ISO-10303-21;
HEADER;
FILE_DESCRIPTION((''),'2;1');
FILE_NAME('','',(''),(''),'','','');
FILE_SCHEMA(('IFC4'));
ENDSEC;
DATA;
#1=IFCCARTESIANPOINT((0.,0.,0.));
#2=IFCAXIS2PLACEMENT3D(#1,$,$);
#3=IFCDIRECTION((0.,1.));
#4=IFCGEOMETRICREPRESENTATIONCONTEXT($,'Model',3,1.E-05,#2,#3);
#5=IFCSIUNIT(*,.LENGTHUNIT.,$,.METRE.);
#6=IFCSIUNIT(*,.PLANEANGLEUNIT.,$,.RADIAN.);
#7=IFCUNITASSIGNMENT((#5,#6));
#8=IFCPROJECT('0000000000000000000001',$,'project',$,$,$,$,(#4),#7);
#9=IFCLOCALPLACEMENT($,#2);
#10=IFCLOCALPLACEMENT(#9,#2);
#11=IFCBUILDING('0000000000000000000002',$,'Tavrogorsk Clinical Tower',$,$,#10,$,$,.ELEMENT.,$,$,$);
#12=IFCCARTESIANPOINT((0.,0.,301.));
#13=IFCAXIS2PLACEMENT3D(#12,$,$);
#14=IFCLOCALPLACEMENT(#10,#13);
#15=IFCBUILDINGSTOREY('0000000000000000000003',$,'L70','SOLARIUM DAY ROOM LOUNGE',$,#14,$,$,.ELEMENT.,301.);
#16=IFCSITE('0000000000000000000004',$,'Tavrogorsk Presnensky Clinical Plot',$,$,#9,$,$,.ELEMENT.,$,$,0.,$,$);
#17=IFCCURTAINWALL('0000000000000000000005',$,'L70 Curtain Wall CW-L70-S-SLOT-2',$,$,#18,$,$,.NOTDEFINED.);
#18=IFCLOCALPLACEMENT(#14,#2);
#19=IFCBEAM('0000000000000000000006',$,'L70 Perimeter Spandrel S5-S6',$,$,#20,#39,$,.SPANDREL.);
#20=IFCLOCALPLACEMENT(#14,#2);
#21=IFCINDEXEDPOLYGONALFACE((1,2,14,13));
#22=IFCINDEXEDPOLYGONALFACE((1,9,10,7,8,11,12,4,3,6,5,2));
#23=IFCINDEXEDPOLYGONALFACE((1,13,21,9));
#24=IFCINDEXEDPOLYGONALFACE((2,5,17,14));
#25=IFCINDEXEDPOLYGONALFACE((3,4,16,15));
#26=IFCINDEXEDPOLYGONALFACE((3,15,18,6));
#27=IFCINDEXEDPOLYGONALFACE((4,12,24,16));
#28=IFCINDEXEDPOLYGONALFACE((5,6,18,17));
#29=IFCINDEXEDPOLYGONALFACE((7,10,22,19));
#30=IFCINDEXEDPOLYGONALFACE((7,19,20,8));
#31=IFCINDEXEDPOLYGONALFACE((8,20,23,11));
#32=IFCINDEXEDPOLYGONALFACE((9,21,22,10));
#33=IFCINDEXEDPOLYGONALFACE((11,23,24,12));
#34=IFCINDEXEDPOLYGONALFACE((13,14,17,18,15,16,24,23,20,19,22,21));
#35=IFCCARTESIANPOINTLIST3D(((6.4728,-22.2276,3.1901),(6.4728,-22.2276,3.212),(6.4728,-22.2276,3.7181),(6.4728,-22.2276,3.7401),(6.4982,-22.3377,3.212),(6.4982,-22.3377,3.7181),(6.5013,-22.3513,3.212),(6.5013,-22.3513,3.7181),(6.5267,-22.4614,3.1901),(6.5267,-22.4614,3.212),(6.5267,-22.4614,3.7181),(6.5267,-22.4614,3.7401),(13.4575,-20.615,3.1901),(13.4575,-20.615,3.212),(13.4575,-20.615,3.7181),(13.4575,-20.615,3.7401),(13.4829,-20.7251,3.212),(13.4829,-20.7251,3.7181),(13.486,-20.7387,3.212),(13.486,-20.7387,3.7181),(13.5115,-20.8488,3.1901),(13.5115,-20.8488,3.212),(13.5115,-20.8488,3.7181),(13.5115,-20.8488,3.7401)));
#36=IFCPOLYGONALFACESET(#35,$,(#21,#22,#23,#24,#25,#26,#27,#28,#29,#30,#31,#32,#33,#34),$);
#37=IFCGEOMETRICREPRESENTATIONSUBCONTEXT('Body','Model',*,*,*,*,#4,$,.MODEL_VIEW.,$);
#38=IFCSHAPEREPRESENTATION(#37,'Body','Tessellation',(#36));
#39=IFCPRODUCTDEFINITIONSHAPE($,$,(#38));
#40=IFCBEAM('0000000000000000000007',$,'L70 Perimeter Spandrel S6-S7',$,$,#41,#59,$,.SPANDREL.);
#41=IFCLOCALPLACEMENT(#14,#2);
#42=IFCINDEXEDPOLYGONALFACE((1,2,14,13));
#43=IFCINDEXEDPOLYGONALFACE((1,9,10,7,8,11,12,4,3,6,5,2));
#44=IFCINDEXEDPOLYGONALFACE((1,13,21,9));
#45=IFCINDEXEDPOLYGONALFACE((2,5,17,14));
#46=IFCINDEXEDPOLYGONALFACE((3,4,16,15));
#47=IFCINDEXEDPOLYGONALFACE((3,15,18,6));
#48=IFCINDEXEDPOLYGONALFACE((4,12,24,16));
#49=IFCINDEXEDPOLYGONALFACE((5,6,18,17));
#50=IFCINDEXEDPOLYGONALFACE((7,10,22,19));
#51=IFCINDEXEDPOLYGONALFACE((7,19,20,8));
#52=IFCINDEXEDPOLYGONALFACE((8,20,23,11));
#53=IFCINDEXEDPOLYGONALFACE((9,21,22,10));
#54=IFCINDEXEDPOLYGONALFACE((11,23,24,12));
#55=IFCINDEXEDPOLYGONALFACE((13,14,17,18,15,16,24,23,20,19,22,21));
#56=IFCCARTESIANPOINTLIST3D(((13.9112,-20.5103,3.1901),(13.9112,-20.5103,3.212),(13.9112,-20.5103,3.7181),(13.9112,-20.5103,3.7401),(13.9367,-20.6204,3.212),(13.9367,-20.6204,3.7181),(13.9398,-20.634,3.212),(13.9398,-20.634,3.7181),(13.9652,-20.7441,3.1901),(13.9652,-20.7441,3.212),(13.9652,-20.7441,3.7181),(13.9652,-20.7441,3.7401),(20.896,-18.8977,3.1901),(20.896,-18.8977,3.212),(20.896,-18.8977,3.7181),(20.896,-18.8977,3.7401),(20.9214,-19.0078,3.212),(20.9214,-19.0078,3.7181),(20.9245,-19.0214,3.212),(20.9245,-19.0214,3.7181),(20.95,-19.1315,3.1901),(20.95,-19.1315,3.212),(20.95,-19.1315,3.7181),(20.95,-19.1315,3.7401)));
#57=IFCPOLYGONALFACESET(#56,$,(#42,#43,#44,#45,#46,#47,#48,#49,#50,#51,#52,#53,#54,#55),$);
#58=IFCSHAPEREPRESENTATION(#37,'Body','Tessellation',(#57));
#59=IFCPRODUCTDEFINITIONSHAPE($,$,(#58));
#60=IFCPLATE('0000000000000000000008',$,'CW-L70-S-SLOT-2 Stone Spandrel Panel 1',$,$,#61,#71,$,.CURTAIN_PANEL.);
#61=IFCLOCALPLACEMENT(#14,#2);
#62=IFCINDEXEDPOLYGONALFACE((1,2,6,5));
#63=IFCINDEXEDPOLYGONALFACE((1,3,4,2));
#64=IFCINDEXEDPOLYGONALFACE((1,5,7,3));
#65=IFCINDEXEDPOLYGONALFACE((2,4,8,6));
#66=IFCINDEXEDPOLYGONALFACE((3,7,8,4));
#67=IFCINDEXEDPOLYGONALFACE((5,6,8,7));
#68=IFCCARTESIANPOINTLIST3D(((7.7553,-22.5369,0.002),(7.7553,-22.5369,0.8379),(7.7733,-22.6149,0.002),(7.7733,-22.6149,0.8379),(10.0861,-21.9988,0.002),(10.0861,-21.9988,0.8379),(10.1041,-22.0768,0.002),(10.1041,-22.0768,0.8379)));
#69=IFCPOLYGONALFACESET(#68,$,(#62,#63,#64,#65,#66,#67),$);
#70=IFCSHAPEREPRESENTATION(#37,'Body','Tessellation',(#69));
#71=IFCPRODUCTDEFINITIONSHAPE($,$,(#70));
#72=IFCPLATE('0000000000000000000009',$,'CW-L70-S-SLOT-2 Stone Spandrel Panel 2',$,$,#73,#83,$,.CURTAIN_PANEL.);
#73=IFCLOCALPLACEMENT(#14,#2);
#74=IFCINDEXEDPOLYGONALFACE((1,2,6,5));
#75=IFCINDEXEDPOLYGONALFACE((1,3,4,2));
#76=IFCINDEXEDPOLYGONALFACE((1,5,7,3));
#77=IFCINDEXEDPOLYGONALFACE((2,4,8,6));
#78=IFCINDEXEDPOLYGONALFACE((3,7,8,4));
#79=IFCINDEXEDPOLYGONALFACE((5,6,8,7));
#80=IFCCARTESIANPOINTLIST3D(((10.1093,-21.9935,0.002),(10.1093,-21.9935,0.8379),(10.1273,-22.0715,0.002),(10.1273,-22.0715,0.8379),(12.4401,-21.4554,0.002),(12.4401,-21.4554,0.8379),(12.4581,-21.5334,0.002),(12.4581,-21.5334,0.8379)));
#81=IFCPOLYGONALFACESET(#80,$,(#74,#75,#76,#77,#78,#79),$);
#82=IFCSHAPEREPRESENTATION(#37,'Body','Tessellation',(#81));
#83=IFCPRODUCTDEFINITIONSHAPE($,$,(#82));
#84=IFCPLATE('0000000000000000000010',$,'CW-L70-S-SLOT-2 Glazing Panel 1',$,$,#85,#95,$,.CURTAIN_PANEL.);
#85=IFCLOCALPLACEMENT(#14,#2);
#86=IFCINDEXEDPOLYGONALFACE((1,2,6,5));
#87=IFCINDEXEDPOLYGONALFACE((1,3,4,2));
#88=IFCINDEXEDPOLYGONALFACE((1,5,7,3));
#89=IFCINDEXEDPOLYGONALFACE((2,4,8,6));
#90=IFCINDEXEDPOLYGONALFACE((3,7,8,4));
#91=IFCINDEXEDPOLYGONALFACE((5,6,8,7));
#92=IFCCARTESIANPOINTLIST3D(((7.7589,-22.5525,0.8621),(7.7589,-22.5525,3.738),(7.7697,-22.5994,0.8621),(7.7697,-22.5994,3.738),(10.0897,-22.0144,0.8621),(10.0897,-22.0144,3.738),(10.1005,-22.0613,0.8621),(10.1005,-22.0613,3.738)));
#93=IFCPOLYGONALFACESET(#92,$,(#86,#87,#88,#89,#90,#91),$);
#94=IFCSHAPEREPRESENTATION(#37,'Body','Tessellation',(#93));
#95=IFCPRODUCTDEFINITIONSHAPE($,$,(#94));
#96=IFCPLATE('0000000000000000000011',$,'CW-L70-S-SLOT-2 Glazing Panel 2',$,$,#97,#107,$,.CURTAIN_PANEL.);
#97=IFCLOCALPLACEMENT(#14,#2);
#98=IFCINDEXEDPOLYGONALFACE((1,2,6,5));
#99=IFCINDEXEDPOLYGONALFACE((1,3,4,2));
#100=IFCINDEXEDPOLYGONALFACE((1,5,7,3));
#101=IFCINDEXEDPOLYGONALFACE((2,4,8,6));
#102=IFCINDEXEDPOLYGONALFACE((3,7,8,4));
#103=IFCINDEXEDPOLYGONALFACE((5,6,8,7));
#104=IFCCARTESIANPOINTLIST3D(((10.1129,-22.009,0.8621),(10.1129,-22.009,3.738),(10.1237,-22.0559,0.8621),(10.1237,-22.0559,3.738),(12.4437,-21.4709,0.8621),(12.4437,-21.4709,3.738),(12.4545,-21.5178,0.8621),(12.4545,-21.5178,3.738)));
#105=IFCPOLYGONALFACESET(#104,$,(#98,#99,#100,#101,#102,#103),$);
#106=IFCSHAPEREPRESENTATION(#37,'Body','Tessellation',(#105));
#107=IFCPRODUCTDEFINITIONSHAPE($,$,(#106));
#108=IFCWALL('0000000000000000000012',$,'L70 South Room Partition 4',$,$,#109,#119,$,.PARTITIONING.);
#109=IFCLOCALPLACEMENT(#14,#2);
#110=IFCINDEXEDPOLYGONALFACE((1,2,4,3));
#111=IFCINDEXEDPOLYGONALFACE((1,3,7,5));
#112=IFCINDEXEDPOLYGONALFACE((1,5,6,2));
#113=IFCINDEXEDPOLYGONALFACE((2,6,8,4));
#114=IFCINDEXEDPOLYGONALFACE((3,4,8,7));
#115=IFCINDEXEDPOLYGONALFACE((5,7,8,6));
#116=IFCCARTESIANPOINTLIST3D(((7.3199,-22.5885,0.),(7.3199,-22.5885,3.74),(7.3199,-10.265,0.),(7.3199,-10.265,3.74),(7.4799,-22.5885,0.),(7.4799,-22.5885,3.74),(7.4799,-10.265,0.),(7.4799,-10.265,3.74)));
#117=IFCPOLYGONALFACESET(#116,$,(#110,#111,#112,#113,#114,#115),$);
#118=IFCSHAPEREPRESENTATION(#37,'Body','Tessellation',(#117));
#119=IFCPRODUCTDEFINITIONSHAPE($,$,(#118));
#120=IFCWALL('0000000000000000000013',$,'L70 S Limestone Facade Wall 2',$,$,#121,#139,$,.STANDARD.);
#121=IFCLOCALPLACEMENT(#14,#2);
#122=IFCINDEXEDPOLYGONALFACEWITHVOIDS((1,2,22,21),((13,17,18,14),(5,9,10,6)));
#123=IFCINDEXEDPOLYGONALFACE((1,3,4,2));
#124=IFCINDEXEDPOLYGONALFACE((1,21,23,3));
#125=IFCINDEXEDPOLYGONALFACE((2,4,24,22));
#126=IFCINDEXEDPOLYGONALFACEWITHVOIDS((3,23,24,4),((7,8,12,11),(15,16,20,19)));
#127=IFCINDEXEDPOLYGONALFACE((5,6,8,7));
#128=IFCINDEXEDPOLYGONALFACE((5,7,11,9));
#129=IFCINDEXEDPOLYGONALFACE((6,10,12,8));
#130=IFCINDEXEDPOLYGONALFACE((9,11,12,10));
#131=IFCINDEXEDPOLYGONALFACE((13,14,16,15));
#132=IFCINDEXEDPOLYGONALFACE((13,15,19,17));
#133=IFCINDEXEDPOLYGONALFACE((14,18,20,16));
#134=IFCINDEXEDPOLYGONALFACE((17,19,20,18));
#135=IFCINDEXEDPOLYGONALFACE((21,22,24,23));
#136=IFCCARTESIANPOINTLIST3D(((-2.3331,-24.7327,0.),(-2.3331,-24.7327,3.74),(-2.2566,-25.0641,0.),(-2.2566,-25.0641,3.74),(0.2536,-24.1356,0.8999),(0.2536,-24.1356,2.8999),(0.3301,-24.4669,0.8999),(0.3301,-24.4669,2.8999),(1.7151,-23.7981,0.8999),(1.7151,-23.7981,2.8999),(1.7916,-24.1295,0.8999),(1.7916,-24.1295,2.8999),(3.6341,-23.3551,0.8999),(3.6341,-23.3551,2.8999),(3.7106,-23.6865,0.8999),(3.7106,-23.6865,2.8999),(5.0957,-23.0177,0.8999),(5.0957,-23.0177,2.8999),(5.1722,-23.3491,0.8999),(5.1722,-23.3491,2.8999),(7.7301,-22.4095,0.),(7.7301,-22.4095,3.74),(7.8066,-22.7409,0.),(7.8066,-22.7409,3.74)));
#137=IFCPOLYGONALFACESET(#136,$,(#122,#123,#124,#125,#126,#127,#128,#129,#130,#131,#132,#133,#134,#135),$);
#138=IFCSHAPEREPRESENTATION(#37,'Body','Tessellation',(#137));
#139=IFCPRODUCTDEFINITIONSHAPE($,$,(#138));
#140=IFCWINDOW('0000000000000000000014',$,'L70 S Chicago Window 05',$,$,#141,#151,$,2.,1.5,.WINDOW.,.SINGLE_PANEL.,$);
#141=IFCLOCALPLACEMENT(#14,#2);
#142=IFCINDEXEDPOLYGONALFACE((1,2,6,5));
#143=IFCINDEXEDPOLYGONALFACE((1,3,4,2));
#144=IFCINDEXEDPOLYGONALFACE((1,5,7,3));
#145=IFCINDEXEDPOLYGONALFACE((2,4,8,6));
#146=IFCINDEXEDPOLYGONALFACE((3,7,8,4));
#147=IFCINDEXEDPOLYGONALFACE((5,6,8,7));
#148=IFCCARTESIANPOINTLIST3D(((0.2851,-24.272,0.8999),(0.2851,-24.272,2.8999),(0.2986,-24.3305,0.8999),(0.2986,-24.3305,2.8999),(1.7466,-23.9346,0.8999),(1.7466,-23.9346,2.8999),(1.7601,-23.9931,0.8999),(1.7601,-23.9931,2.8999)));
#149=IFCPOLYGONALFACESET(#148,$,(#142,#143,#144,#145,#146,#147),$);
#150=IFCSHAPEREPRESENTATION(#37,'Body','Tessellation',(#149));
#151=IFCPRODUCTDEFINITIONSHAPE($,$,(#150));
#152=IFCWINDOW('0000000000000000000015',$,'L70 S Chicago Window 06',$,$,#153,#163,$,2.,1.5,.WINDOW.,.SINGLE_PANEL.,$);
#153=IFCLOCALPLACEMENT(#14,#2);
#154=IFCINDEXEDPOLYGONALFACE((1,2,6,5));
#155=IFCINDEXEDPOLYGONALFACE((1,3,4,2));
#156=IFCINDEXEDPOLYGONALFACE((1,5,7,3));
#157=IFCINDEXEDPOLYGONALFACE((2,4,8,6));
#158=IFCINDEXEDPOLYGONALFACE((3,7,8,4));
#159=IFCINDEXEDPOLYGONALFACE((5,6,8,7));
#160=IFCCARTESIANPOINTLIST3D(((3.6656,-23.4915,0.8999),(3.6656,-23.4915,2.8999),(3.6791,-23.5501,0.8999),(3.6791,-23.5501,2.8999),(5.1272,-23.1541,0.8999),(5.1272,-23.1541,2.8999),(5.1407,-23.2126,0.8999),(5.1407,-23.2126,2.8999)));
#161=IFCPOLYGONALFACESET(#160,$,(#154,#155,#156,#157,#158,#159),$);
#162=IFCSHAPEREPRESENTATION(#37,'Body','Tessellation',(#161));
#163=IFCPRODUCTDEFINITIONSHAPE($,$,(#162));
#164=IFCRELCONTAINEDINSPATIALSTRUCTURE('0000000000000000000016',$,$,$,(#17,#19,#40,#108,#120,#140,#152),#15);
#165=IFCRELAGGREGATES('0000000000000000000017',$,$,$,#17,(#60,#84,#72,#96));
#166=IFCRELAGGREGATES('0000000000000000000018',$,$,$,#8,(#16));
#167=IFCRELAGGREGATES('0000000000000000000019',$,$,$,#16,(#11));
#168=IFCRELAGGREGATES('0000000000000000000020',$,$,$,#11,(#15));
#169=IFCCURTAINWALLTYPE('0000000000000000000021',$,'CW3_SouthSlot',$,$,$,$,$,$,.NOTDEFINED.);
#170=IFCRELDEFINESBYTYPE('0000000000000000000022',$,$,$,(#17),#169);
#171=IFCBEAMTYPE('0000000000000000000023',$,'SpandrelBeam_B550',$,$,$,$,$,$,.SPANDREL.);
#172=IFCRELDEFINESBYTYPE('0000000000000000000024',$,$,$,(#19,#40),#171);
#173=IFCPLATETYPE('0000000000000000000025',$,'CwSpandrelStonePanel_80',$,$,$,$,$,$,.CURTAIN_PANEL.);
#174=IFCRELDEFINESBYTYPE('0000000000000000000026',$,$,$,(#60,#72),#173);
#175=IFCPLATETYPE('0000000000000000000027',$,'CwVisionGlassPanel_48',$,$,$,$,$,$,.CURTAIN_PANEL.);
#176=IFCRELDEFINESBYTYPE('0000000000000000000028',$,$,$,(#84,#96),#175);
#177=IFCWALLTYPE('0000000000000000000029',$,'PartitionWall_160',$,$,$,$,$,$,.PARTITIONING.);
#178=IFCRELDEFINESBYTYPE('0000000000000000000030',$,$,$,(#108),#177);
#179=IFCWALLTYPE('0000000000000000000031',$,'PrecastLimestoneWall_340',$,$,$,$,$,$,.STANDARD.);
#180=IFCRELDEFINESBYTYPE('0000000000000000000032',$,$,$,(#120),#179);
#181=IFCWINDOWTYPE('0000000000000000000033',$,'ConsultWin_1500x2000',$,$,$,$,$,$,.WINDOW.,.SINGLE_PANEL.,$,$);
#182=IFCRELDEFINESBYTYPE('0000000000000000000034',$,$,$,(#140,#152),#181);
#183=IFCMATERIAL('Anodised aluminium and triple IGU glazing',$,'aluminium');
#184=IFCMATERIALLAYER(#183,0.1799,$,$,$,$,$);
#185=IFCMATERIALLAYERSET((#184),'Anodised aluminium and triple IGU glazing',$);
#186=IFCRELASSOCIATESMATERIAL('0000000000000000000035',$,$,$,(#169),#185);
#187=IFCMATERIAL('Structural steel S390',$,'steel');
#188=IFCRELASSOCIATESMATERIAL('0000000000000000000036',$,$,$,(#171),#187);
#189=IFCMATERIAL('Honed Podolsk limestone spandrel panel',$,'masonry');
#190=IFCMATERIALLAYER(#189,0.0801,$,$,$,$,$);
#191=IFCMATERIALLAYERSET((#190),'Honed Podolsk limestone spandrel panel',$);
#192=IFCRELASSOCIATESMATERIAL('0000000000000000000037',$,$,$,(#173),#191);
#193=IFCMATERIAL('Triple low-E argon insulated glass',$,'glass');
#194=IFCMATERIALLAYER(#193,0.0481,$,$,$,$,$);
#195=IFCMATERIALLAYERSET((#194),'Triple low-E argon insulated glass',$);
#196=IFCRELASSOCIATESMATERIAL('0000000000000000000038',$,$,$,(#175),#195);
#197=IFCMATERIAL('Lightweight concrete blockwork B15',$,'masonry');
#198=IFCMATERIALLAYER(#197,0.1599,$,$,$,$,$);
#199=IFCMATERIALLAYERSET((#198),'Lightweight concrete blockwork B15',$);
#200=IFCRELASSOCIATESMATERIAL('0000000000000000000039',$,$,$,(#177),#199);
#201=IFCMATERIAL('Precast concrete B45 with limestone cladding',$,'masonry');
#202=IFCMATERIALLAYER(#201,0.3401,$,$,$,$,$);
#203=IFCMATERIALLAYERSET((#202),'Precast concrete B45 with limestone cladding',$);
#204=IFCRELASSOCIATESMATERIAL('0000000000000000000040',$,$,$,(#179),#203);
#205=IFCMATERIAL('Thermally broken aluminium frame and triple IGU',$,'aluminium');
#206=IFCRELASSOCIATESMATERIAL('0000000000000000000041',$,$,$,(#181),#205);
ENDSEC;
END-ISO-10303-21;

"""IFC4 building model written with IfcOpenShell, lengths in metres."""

from ifc_helpers import new_model, si_unit, direction, frame, frame_2d, origin, origin_2d, place, context, subcontext, project, spatial, rectangle, i_section, extrude, material, layer, layer_set, material_profile, profile_set, type_object, element, fill, aggregate, save


model = new_model("IFC4")

# Units and contexts
model_context = context("Model", 3, precision=1e-05, world=origin(), true_north=direction((0.0, 1.0)))
body_context = subcontext(model_context, "Body", "Model", "MODEL_VIEW")
ifc_project = project(units=[si_unit("LENGTHUNIT", "METRE"), si_unit("PLANEANGLEUNIT", "RADIAN")], contexts=[model_context])

# Site, building, storey
site_placement = place(None, origin())
site = spatial("IfcSite", under=ifc_project, at=site_placement, Name="Tavrogorsk Presnensky Clinical Plot", CompositionType="ELEMENT", RefElevation=0.0)
building_placement = place(site_placement, origin())
building = spatial("IfcBuilding", under=site, at=building_placement, Name="Tavrogorsk Clinical Tower", CompositionType="ELEMENT")
storey_placement = place(building_placement, frame((0.0, 0.0, 301.0)))
storey = spatial("IfcBuildingStorey", under=building, at=storey_placement, Name="L70", Description="SOLARIUM DAY ROOM LOUNGE", CompositionType="ELEMENT", Elevation=301.0)

# Curtain wall
ifc_material_1 = material(Name="Anodised aluminium and triple IGU glazing", Category="aluminium")
ifc_layer_1 = layer(ifc_material_1, 0.1799)
ifc_layer_set_1 = layer_set([ifc_layer_1], Name="Anodised aluminium and triple IGU glazing")
curtain_wall_type = type_object("IfcCurtainWallType", Name="CW3_SouthSlot", PredefinedType="NOTDEFINED", material=ifc_layer_set_1)
curtain_wall_placement = place(storey_placement, origin())
curtain_wall = element("IfcCurtainWall", 1, at=curtain_wall_placement, inside=storey, type_object=curtain_wall_type, Name="L70 Curtain Wall CW-L70-S-SLOT-2", PredefinedType="NOTDEFINED")

# Beams
ifc_material_2 = material(Name="Structural steel S390", Category="steel")
ifc_material_profile_1 = material_profile(ifc_material_2, i_section(OverallWidth=0.24, OverallDepth=0.55, WebThickness=0.0139, FlangeThickness=0.022, at=origin_2d()), Name="B-550x240x14x22")
ifc_profile_set_1 = profile_set([ifc_material_profile_1], Name="Structural steel S390")
beam_type = type_object("IfcBeamType", Name="SpandrelBeam_B550", PredefinedType="SPANDREL", material=ifc_profile_set_1)
for number, where, z_axis, x_axis, name in (
    (2, (6.4998, -22.3445, 3.4651), (0.974369, 0.224954, 0.0), (-0.224954, 0.974369, 0.0), "L70 Perimeter Spandrel S5-S6"),
    (3, (13.9382, -20.6272, 3.4651), (0.974369, 0.224954, 0.0), (-0.224954, 0.974369, 0.0), "L70 Perimeter Spandrel S6-S7"),
):
    element("IfcBeam", number, at=place(storey_placement, frame(where, z_axis=z_axis, x_axis=x_axis)), inside=storey, type_object=beam_type, Name=name, PredefinedType="SPANDREL", context=body_context, shape_type="SweptSolid", body=[
        extrude(i_section(OverallWidth=0.24, OverallDepth=0.55, WebThickness=0.0139, FlangeThickness=0.022, at=origin_2d()), origin(), (0.0, 0.0, 1.0), 7.1685),
    ])

# Plates
ifc_material_3 = material(Name="Honed Podolsk limestone spandrel panel", Category="masonry")
ifc_layer_2 = layer(ifc_material_3, 0.0801)
ifc_layer_set_2 = layer_set([ifc_layer_2], Name="Honed Podolsk limestone spandrel panel")
plate_type_1 = type_object("IfcPlateType", Name="CwSpandrelStonePanel_80", PredefinedType="CURTAIN_PANEL", material=ifc_layer_set_2)
plate_1_placement = place(storey_placement, frame((8.9297, -22.3069, 0.002), z_axis=(0.0, 0.0, 1.0), x_axis=(0.97437, 0.224951, 0.0)))
plate_1 = element("IfcPlate", 4, at=plate_1_placement, type_object=plate_type_1, Name="CW-L70-S-SLOT-2 Stone Spandrel Panel 1", PredefinedType="CURTAIN_PANEL", context=body_context, shape_type="SweptSolid", body=[
    extrude(rectangle(XDim=2.3921, YDim=0.0801, at=origin_2d()), origin(), (0.0, 0.0, 1.0), 0.8359),
])
plate_2_placement = place(storey_placement, frame((11.2837, -21.7634, 0.002), z_axis=(0.0, 0.0, 1.0), x_axis=(0.97437, 0.224951, 0.0)))
plate_2 = element("IfcPlate", 5, at=plate_2_placement, type_object=plate_type_1, Name="CW-L70-S-SLOT-2 Stone Spandrel Panel 2", PredefinedType="CURTAIN_PANEL", context=body_context, shape_type="SweptSolid", body=[
    extrude(rectangle(XDim=2.3921, YDim=0.0801, at=origin_2d()), origin(), (0.0, 0.0, 1.0), 0.8359),
])
ifc_material_4 = material(Name="Triple low-E argon insulated glass", Category="glass")
ifc_layer_3 = layer(ifc_material_4, 0.0481)
ifc_layer_set_3 = layer_set([ifc_layer_3], Name="Triple low-E argon insulated glass")
plate_type_2 = type_object("IfcPlateType", Name="CwVisionGlassPanel_48", PredefinedType="CURTAIN_PANEL", material=ifc_layer_set_3)
plate_3_placement = place(storey_placement, frame((8.9297, -22.3069, 0.8621), z_axis=(0.0, 0.0, 1.0), x_axis=(0.97437, 0.224951, 0.0)))
plate_3 = element("IfcPlate", 6, at=plate_3_placement, type_object=plate_type_2, Name="CW-L70-S-SLOT-2 Glazing Panel 1", PredefinedType="CURTAIN_PANEL", context=body_context, shape_type="SweptSolid", body=[
    extrude(rectangle(XDim=2.3921, YDim=0.0481, at=origin_2d()), origin(), (0.0, 0.0, 1.0), 2.876),
])
plate_4_placement = place(storey_placement, frame((11.2837, -21.7634, 0.8621), z_axis=(0.0, 0.0, 1.0), x_axis=(0.97437, 0.224951, 0.0)))
plate_4 = element("IfcPlate", 7, at=plate_4_placement, type_object=plate_type_2, Name="CW-L70-S-SLOT-2 Glazing Panel 2", PredefinedType="CURTAIN_PANEL", context=body_context, shape_type="SweptSolid", body=[
    extrude(rectangle(XDim=2.3921, YDim=0.0481, at=origin_2d()), origin(), (0.0, 0.0, 1.0), 2.876),
])
aggregate(curtain_wall, [plate_1, plate_3, plate_2, plate_4])

# Wall
ifc_material_5 = material(Name="Lightweight concrete blockwork B15", Category="masonry")
ifc_layer_4 = layer(ifc_material_5, 0.1599)
ifc_layer_set_4 = layer_set([ifc_layer_4], Name="Lightweight concrete blockwork B15")
wall_type_1 = type_object("IfcWallType", Name="PartitionWall_160", PredefinedType="PARTITIONING", material=ifc_layer_set_4)
wall_1_placement = place(storey_placement, frame((7.3999, -22.5884, 0.0), z_axis=(0.0, 0.0, 1.0), x_axis=(0.0, 1.0, 0.0)))
element("IfcWall", 8, at=wall_1_placement, inside=storey, type_object=wall_type_1, Name="L70 South Room Partition 4", PredefinedType="PARTITIONING", context=body_context, shape_type="SweptSolid", body=[
    extrude(rectangle(XDim=12.3235, YDim=0.1599, at=frame_2d((6.1616, 0.0))), origin(), (0.0, 0.0, 1.0), 3.74),
])

# Wall, openings, windows
ifc_material_6 = material(Name="Precast concrete B45 with limestone cladding", Category="masonry")
ifc_layer_5 = layer(ifc_material_6, 0.3401)
ifc_layer_set_5 = layer_set([ifc_layer_5], Name="Precast concrete B45 with limestone cladding")
wall_type_2 = type_object("IfcWallType", Name="PrecastLimestoneWall_340", PredefinedType="STANDARD", material=ifc_layer_set_5)
wall_2_placement = place(storey_placement, frame((-2.2949, -24.8984, 0.0), z_axis=(0.0, 0.0, 1.0), x_axis=(0.974371, 0.224948, 0.0)))
wall_2 = element("IfcWall", 9, at=wall_2_placement, inside=storey, type_object=wall_type_2, Name="L70 S Limestone Facade Wall 2", PredefinedType="STANDARD", context=body_context, shape_type="SweptSolid", body=[
    extrude(rectangle(XDim=10.3279, YDim=0.3401, at=frame_2d((5.1641, 0.0))), origin(), (0.0, 0.0, 1.0), 3.74),
])
opening_1_placement = place(wall_2_placement, frame((2.6548, 0.0, 0.8999)))
opening_1 = element("IfcOpeningElement", 10, at=opening_1_placement, cuts=wall_2, PredefinedType="OPENING", context=body_context, shape_type="SweptSolid", body=[
    extrude(rectangle(XDim=1.5, YDim=2.0, at=frame_2d((0.75, 1.0))), frame((0.0, 0.1799, 0.0), z_axis=(0.0, -1.0, 0.0), x_axis=(1.0, 0.0, 0.0)), (0.0, 0.0, 1.0), 0.3601),
])
opening_2_placement = place(wall_2_placement, frame((6.1243, 0.0, 0.8999)))
opening_2 = element("IfcOpeningElement", 11, at=opening_2_placement, cuts=wall_2, PredefinedType="OPENING", context=body_context, shape_type="SweptSolid", body=[
    extrude(rectangle(XDim=1.5, YDim=2.0, at=frame_2d((0.75, 1.0))), frame((0.0, 0.1799, 0.0), z_axis=(0.0, -1.0, 0.0), x_axis=(1.0, 0.0, 0.0)), (0.0, 0.0, 1.0), 0.3601),
])
ifc_material_7 = material(Name="Thermally broken aluminium frame and triple IGU", Category="aluminium")
window_type_1 = type_object("IfcWindowType", Name="ConsultWin_1500x2000", PartitioningType="SINGLE_PANEL", PredefinedType="WINDOW", material=ifc_material_7)
window_1_placement = place(opening_1_placement, origin())
window_1 = element("IfcWindow", 12, at=window_1_placement, inside=storey, type_object=window_type_1, Name="L70 S Chicago Window 05", OverallHeight=2.0, OverallWidth=1.5, PartitioningType="SINGLE_PANEL", PredefinedType="WINDOW", context=body_context, shape_type="SweptSolid", body=[
    extrude(rectangle(XDim=1.5, YDim=2.0, at=frame_2d((0.75, 1.0))), frame((0.0, 0.03, 0.0), z_axis=(0.0, -1.0, 0.0), x_axis=(1.0, 0.0, 0.0)), (0.0, 0.0, 1.0), 0.0601),
])
fill(opening_1, window_1)
window_2_placement = place(opening_2_placement, origin())
window_2 = element("IfcWindow", 13, at=window_2_placement, inside=storey, type_object=window_type_1, Name="L70 S Chicago Window 06", OverallHeight=2.0, OverallWidth=1.5, PartitioningType="SINGLE_PANEL", PredefinedType="WINDOW", context=body_context, shape_type="SweptSolid", body=[
    extrude(rectangle(XDim=1.5, YDim=2.0, at=frame_2d((0.75, 1.0))), frame((0.0, 0.03, 0.0), z_axis=(0.0, -1.0, 0.0), x_axis=(1.0, 0.0, 0.0)), (0.0, 0.0, 1.0), 0.0601),
])
fill(opening_2, window_2)

save(model, "model.ifc")
